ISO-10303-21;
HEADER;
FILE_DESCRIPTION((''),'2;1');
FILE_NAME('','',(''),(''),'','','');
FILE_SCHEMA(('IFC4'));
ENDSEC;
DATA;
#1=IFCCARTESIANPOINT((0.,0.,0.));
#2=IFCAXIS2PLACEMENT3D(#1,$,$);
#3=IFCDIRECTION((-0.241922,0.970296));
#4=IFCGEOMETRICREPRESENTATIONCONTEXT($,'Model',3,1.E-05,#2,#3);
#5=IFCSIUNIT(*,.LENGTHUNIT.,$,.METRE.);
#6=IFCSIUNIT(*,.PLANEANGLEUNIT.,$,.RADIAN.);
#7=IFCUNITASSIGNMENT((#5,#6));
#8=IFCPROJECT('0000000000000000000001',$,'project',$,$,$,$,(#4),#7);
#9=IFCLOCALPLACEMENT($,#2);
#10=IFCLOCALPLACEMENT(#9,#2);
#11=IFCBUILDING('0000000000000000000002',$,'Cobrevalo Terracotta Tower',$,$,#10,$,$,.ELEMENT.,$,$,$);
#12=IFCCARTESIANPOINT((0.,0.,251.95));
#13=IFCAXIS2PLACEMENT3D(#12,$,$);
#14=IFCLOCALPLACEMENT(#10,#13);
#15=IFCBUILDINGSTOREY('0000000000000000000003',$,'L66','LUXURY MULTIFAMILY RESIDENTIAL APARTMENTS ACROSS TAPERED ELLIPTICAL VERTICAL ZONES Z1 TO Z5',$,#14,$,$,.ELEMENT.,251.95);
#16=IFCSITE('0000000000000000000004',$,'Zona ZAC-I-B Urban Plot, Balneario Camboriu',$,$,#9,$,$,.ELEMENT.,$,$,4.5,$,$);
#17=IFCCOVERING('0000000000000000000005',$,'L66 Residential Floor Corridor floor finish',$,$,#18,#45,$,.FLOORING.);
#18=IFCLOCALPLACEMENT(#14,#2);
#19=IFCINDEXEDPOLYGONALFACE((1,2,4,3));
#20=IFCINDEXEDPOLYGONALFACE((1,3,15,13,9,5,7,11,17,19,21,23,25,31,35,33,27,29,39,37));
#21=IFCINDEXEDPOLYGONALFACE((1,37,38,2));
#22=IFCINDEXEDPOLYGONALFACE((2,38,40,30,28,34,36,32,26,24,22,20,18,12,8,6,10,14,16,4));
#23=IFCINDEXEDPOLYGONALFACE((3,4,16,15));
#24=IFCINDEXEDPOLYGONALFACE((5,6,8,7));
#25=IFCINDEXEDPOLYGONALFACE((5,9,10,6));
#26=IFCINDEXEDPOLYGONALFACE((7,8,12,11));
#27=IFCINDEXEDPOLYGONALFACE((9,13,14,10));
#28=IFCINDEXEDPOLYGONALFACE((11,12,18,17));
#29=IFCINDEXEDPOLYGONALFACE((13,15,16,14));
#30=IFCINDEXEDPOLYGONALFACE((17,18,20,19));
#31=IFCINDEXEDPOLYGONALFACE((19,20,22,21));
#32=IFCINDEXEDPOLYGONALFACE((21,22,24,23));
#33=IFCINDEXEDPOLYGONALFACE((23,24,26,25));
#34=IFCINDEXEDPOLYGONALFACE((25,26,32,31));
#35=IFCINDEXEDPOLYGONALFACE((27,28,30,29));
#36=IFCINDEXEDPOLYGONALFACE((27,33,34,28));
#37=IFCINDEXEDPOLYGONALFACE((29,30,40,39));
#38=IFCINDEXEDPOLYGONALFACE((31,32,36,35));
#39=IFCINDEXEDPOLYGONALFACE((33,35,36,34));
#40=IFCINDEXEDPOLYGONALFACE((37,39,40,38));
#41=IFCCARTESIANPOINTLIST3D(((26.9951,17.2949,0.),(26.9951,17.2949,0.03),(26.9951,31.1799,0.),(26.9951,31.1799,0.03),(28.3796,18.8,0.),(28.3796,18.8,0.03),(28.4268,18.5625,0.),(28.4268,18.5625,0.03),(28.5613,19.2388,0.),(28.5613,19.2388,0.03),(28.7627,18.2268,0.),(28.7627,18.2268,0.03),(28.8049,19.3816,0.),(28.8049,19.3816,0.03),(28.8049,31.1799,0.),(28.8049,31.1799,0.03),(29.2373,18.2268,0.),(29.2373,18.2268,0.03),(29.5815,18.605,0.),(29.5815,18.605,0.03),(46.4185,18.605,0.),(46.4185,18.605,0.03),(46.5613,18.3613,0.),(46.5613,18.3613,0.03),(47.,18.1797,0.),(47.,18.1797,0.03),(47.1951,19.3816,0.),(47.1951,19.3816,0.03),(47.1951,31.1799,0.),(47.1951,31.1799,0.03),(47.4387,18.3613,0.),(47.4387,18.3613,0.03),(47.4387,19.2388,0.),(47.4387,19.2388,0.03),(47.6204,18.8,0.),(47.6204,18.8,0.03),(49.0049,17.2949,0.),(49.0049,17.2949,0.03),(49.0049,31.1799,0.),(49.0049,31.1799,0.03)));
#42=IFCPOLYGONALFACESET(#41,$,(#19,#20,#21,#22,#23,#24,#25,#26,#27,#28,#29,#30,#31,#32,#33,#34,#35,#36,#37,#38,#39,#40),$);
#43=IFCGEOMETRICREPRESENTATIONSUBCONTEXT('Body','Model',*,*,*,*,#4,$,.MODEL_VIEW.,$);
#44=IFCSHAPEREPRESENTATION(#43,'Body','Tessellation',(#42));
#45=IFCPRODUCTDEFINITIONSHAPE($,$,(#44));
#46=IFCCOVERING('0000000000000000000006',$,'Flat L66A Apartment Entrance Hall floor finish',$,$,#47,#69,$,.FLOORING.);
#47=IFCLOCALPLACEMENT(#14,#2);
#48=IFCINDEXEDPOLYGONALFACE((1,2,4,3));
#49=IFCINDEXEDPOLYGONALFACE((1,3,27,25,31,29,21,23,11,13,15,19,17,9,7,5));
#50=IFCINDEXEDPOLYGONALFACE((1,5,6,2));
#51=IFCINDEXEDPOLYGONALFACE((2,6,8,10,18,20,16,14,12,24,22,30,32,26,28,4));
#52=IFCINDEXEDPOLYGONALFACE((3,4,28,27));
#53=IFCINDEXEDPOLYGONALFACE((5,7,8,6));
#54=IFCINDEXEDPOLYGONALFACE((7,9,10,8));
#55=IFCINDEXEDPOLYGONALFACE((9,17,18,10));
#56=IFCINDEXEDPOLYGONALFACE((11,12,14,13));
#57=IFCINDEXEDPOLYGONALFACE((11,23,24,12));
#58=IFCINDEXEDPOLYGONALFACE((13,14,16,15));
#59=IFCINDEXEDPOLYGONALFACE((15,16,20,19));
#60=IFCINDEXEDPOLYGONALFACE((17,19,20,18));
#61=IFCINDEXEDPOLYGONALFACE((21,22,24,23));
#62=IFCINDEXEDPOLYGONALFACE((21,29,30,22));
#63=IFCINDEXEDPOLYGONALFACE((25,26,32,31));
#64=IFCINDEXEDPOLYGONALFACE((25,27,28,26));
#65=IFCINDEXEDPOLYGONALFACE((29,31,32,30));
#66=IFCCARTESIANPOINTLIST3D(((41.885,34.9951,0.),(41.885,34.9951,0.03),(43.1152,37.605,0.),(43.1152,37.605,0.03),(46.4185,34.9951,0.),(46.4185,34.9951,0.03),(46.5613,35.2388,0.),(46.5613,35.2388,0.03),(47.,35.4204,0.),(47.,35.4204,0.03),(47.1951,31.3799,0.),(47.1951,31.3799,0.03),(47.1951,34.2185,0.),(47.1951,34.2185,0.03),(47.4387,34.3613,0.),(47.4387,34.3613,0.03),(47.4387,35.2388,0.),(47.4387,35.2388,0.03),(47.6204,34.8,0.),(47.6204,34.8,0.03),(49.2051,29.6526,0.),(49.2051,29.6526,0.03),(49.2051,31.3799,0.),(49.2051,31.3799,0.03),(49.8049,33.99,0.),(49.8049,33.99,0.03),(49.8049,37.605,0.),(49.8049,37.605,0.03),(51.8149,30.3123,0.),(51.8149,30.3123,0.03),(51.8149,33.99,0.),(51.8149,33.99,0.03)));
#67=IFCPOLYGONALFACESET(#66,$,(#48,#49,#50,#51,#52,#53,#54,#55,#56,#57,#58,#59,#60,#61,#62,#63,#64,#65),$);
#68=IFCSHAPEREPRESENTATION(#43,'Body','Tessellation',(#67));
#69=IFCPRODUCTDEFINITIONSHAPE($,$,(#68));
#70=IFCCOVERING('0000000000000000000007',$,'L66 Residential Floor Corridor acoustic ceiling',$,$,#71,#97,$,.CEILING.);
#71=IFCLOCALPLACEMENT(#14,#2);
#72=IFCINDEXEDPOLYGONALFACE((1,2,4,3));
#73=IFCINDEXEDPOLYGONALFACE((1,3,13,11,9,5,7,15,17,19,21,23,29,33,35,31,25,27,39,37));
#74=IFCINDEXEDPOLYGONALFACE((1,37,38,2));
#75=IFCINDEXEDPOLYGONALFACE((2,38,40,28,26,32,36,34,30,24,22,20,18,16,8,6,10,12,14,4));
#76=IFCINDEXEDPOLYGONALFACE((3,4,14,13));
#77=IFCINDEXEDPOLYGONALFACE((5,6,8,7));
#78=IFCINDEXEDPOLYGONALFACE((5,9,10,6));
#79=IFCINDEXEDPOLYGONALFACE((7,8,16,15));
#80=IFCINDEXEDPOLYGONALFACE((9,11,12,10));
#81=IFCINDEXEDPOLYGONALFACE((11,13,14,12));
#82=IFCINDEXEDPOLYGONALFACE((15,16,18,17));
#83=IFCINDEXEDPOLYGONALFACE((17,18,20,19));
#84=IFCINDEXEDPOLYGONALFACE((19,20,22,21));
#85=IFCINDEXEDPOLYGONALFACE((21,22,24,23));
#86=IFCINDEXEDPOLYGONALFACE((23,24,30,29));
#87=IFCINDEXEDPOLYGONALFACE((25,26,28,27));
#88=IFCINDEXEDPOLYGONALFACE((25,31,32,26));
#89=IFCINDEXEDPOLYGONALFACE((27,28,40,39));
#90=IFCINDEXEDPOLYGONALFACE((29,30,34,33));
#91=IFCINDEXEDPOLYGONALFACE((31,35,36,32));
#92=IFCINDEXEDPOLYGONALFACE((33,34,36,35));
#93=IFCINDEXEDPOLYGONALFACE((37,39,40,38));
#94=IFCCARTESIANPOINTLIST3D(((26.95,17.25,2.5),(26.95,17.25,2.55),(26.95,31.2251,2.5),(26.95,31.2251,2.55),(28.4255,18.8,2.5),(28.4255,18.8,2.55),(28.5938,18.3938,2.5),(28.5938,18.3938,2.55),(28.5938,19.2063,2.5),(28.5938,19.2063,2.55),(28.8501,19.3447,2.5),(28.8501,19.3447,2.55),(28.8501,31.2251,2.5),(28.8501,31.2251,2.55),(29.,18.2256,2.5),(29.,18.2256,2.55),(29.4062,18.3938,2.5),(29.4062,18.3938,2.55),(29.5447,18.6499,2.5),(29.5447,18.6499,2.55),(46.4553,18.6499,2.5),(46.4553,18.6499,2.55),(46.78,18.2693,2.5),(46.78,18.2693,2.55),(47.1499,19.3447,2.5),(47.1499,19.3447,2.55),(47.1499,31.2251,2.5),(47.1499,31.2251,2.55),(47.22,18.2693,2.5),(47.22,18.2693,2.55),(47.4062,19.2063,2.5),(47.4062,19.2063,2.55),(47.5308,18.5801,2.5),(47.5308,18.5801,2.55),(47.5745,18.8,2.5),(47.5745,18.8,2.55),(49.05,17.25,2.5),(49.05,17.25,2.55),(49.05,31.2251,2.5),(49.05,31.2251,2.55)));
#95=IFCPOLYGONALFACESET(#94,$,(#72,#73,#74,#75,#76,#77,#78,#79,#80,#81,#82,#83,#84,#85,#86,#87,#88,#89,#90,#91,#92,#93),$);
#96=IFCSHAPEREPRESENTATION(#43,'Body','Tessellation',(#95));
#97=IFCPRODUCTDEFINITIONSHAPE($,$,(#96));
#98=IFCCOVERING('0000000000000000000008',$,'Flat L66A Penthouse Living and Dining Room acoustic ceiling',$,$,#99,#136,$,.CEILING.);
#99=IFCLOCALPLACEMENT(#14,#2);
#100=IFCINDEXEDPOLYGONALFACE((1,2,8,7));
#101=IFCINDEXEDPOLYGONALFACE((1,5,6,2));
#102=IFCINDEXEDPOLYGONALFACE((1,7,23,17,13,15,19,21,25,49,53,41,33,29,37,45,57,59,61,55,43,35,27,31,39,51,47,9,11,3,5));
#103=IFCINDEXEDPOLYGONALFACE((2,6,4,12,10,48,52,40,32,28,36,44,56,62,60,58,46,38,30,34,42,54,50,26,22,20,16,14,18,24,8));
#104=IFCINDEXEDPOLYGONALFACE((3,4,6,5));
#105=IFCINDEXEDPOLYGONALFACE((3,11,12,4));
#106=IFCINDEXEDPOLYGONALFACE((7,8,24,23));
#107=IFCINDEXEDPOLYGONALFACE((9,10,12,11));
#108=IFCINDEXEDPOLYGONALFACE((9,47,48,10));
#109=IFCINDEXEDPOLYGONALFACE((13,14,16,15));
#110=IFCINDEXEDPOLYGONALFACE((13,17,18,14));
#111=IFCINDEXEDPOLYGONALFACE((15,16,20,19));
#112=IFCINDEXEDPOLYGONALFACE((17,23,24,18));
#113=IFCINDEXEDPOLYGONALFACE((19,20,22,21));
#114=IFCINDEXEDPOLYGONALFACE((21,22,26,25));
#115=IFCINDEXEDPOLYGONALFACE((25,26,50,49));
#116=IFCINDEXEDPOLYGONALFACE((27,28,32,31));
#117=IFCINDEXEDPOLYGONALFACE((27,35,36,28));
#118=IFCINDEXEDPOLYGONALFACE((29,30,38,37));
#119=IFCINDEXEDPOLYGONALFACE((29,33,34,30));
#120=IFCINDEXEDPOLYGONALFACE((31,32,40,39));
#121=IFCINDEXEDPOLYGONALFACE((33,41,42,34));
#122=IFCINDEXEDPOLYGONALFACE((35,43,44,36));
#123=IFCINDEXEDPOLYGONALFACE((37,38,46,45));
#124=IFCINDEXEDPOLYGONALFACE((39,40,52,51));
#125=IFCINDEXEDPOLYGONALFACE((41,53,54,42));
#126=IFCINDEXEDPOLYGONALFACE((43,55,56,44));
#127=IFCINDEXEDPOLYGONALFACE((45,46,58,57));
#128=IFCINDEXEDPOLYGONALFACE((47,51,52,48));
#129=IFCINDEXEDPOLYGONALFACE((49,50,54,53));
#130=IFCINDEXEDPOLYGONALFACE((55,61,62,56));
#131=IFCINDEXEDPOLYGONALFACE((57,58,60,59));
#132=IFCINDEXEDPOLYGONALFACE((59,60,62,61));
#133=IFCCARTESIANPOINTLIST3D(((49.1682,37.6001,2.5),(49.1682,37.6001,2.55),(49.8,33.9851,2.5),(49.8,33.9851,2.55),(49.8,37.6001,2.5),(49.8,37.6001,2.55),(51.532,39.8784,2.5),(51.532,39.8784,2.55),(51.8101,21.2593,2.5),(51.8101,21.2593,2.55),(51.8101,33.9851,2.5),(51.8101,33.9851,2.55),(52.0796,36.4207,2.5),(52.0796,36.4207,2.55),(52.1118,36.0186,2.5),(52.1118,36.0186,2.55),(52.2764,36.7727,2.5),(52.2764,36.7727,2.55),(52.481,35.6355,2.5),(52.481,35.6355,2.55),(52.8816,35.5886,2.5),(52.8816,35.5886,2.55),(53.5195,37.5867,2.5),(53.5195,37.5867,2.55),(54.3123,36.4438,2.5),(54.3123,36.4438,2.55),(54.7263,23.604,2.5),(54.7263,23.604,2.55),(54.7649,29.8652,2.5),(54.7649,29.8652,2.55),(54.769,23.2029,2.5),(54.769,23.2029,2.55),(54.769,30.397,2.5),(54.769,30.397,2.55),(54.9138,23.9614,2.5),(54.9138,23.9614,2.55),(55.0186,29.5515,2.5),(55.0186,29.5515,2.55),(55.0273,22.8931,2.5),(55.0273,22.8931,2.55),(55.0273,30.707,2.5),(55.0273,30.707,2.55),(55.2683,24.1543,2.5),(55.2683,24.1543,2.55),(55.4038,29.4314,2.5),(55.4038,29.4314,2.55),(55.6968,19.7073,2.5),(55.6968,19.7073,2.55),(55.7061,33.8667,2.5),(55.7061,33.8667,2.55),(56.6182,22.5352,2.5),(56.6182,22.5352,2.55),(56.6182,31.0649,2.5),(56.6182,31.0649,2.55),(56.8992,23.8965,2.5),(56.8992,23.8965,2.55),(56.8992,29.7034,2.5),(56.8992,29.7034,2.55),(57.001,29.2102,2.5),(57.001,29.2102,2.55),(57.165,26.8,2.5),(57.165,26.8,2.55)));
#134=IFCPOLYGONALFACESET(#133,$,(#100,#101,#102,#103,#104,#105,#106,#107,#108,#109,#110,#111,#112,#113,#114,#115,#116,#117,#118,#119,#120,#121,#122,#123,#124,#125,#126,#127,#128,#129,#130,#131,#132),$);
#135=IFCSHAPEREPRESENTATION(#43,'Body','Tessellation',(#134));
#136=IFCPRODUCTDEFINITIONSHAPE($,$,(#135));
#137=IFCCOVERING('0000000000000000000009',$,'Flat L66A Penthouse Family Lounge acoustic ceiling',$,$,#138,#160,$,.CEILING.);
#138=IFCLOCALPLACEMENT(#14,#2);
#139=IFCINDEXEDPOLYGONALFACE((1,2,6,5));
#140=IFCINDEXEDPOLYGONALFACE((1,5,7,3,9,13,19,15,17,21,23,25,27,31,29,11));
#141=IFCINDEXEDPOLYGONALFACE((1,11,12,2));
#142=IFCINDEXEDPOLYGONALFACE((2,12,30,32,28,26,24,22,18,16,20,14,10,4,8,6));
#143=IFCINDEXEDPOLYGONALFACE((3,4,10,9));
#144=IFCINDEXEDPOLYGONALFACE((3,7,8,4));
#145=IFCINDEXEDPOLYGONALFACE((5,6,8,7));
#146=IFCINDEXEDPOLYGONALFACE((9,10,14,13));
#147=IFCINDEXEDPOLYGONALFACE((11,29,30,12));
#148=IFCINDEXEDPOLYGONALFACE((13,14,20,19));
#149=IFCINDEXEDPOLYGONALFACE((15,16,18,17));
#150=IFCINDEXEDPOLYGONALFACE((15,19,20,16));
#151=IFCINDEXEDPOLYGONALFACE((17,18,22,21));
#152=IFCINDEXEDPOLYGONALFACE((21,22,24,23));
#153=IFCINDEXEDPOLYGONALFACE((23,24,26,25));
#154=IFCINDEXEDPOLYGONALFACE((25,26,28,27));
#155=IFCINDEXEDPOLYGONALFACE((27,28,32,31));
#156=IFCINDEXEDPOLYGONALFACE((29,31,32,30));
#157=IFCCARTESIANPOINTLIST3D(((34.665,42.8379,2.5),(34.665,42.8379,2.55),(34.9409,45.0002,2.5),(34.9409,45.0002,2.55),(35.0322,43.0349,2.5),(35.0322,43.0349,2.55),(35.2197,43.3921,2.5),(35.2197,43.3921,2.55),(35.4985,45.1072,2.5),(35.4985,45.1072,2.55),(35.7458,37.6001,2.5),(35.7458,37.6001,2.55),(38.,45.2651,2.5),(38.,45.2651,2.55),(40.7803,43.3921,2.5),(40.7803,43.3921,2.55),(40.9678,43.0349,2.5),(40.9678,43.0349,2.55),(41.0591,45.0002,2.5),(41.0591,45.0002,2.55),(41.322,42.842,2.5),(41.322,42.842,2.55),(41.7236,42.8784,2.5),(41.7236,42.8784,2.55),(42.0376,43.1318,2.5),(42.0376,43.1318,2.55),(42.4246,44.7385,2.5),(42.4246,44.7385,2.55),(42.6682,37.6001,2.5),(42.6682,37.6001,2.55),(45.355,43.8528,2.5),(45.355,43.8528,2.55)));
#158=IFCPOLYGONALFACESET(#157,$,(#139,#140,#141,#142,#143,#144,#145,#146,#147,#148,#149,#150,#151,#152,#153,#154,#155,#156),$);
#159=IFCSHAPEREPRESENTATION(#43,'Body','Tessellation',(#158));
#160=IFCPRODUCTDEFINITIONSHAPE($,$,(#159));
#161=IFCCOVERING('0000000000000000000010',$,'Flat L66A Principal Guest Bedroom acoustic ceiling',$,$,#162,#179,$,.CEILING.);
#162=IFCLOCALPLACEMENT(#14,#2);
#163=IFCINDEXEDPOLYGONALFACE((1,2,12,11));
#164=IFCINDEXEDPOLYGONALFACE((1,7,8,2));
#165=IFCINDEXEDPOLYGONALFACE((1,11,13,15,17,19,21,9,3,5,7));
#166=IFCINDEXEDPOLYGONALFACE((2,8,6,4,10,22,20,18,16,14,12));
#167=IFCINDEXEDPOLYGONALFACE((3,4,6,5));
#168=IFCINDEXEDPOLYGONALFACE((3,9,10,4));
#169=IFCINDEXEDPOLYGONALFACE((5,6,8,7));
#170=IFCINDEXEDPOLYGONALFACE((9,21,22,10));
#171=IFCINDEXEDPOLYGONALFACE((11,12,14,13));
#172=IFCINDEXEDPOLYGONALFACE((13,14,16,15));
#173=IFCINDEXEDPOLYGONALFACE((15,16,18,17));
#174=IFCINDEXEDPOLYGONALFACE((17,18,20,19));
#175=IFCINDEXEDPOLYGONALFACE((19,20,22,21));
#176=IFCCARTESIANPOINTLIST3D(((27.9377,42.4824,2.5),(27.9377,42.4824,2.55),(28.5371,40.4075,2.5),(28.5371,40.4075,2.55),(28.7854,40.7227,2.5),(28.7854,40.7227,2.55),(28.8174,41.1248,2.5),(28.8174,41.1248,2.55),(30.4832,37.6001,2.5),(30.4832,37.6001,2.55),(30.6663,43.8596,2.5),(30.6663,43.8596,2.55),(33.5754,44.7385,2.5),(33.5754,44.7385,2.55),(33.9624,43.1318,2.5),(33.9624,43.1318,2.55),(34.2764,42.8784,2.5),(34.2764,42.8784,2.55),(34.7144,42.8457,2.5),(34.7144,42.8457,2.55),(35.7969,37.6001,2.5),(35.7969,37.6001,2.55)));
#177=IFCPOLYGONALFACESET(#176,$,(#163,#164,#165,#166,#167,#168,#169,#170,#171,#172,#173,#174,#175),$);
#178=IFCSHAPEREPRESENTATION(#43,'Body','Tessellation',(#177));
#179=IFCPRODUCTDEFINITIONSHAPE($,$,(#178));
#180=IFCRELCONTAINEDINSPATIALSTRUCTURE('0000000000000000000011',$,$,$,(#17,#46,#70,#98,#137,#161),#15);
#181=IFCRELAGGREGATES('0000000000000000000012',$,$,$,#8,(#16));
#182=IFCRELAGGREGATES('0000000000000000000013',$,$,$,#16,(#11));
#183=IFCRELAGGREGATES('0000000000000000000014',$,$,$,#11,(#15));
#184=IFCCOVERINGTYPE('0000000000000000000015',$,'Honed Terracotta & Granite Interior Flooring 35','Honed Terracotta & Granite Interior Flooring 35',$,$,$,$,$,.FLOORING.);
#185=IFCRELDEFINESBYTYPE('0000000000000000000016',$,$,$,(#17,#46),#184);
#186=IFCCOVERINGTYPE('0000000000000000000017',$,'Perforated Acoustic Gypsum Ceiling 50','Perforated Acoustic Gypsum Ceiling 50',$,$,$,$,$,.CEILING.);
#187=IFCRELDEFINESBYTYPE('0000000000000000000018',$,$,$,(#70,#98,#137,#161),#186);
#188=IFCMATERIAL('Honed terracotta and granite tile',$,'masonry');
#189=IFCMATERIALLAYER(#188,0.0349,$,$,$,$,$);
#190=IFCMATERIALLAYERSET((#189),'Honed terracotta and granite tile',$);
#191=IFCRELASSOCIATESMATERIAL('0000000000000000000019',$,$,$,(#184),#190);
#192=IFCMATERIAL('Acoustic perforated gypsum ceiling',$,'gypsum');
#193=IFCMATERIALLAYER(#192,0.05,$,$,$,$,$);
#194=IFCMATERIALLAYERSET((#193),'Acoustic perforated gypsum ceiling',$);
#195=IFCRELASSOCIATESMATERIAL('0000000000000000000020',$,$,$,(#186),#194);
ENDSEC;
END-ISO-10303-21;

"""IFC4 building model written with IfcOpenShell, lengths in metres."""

from ifc_helpers import new_model, si_unit, direction, frame, origin, place, context, subcontext, project, spatial, polyline, outline, extrude, material, layer, layer_set, type_object, element, save


model = new_model("IFC4")

# Units and contexts
model_context = context("Model", 3, precision=1e-05, world=origin(), true_north=direction((-0.241922, 0.970296)))
body_context = subcontext(model_context, "Body", "Model", "MODEL_VIEW")
ifc_project = project(units=[si_unit("LENGTHUNIT", "METRE"), si_unit("PLANEANGLEUNIT", "RADIAN")], contexts=[model_context])

# Site, building, storey
site_placement = place(None, origin())
site = spatial("IfcSite", under=ifc_project, at=site_placement, Name="Zona ZAC-I-B Urban Plot, Balneario Camboriu", CompositionType="ELEMENT", RefElevation=4.5)
building_placement = place(site_placement, origin())
building = spatial("IfcBuilding", under=site, at=building_placement, Name="Cobrevalo Terracotta Tower", CompositionType="ELEMENT")
storey_placement = place(building_placement, frame((0.0, 0.0, 251.95)))
storey = spatial("IfcBuildingStorey", under=building, at=storey_placement, Name="L66", Description="LUXURY MULTIFAMILY RESIDENTIAL APARTMENTS ACROSS TAPERED ELLIPTICAL VERTICAL ZONES Z1 TO Z5", CompositionType="ELEMENT", Elevation=251.95)

# Coverings
ifc_material_1 = material(Name="Honed terracotta and granite tile", Category="masonry")
ifc_layer_1 = layer(ifc_material_1, 0.0349)
ifc_layer_set_1 = layer_set([ifc_layer_1], Name="Honed terracotta and granite tile")
covering_type_1 = type_object("IfcCoveringType", Name="Honed Terracotta & Granite Interior Flooring 35", Description="Honed Terracotta & Granite Interior Flooring 35", PredefinedType="FLOORING", material=ifc_layer_set_1)
covering_1_placement = place(storey_placement, origin())
element("IfcCovering", 1, at=covering_1_placement, inside=storey, type_object=covering_type_1, Name="L66 Residential Floor Corridor floor finish", PredefinedType="FLOORING", context=body_context, shape_type="SweptSolid", body=[
    extrude(outline(polyline([(26.9951, 31.1799), (28.8049, 31.1799), (28.8049, 19.3816), (28.5613, 19.2388), (28.3796, 18.8), (28.4268, 18.5625), (28.7627, 18.2268), (29.2373, 18.2268), (29.5815, 18.605), (46.4185, 18.605), (46.5613, 18.3613), (47.0, 18.1797), (47.4387, 18.3613), (47.6204, 18.8), (47.4387, 19.2388), (47.1951, 19.3816), (47.1951, 31.1799), (49.0049, 31.1799), (49.0049, 17.2949), (26.9951, 17.2949), (26.9951, 31.1799)])), origin(), (0.0, 0.0, 1.0), 0.03),
])
covering_2_placement = place(storey_placement, origin())
element("IfcCovering", 2, at=covering_2_placement, inside=storey, type_object=covering_type_1, Name="Flat L66A Apartment Entrance Hall floor finish", PredefinedType="FLOORING", context=body_context, shape_type="SweptSolid", body=[
    extrude(outline(polyline([(47.1951, 31.3799), (47.1951, 34.2185), (47.4387, 34.3613), (47.6204, 34.8), (47.4387, 35.2388), (47.0, 35.4204), (46.5613, 35.2388), (46.4185, 34.9951), (41.885, 34.9951), (43.1152, 37.605), (49.8049, 37.605), (49.8049, 33.99), (51.8149, 33.99), (51.8149, 30.3123), (49.2051, 29.6526), (49.2051, 31.3799), (47.1951, 31.3799)])), origin(), (0.0, 0.0, 1.0), 0.03),
])
ifc_material_2 = material(Name="Acoustic perforated gypsum ceiling", Category="gypsum")
ifc_layer_2 = layer(ifc_material_2, 0.05)
ifc_layer_set_2 = layer_set([ifc_layer_2], Name="Acoustic perforated gypsum ceiling")
covering_type_2 = type_object("IfcCoveringType", Name="Perforated Acoustic Gypsum Ceiling 50", Description="Perforated Acoustic Gypsum Ceiling 50", PredefinedType="CEILING", material=ifc_layer_set_2)
covering_3_placement = place(storey_placement, frame((0.0, 0.0, 2.5)))
element("IfcCovering", 3, at=covering_3_placement, inside=storey, type_object=covering_type_2, Name="L66 Residential Floor Corridor acoustic ceiling", PredefinedType="CEILING", context=body_context, shape_type="SweptSolid", body=[
    extrude(outline(polyline([(26.95, 31.2251), (28.8501, 31.2251), (28.8501, 19.3447), (28.5938, 19.2063), (28.4255, 18.8), (28.5938, 18.3938), (29.0, 18.2256), (29.4062, 18.3938), (29.5447, 18.6499), (46.4553, 18.6499), (46.78, 18.2693), (47.22, 18.2693), (47.5308, 18.5801), (47.5745, 18.8), (47.4062, 19.2063), (47.1499, 19.3447), (47.1499, 31.2251), (49.05, 31.2251), (49.05, 17.25), (26.95, 17.25), (26.95, 31.2251)])), origin(), (0.0, 0.0, 1.0), 0.05),
])
covering_4_placement = place(storey_placement, frame((0.0, 0.0, 2.5)))
element("IfcCovering", 4, at=covering_4_placement, inside=storey, type_object=covering_type_2, Name="Flat L66A Penthouse Living and Dining Room acoustic ceiling", PredefinedType="CEILING", context=body_context, shape_type="SweptSolid", body=[
    extrude(outline(polyline([(51.532, 39.8784), (53.5195, 37.5867), (52.2764, 36.7727), (52.0796, 36.4207), (52.1118, 36.0186), (52.481, 35.6355), (52.8816, 35.5886), (54.3123, 36.4438), (55.7061, 33.8667), (56.6182, 31.0649), (55.0273, 30.707), (54.769, 30.397), (54.7649, 29.8652), (55.0186, 29.5515), (55.4038, 29.4314), (56.8992, 29.7034), (57.001, 29.2102), (57.165, 26.8), (56.8992, 23.8965), (55.2683, 24.1543), (54.9138, 23.9614), (54.7263, 23.604), (54.769, 23.2029), (55.0273, 22.8931), (56.6182, 22.5352), (55.6968, 19.7073), (51.8101, 21.2593), (51.8101, 33.9851), (49.8, 33.9851), (49.8, 37.6001), (49.1682, 37.6001), (51.532, 39.8784)])), origin(), (0.0, 0.0, 1.0), 0.05),
])
covering_5_placement = place(storey_placement, frame((0.0, 0.0, 2.5)))
element("IfcCovering", 5, at=covering_5_placement, inside=storey, type_object=covering_type_2, Name="Flat L66A Penthouse Family Lounge acoustic ceiling", PredefinedType="CEILING", context=body_context, shape_type="SweptSolid", body=[
    extrude(outline(polyline([(34.665, 42.8379), (35.0322, 43.0349), (35.2197, 43.3921), (34.9409, 45.0002), (35.4985, 45.1072), (38.0, 45.2651), (41.0591, 45.0002), (40.7803, 43.3921), (40.9678, 43.0349), (41.322, 42.842), (41.7236, 42.8784), (42.0376, 43.1318), (42.4246, 44.7385), (45.355, 43.8528), (42.6682, 37.6001), (35.7458, 37.6001), (34.665, 42.8379)])), origin(), (0.0, 0.0, 1.0), 0.05),
])
covering_6_placement = place(storey_placement, frame((0.0, 0.0, 2.5)))
element("IfcCovering", 6, at=covering_6_placement, inside=storey, type_object=covering_type_2, Name="Flat L66A Principal Guest Bedroom acoustic ceiling", PredefinedType="CEILING", context=body_context, shape_type="SweptSolid", body=[
    extrude(outline(polyline([(28.5371, 40.4075), (28.7854, 40.7227), (28.8174, 41.1248), (27.9377, 42.4824), (30.6663, 43.8596), (33.5754, 44.7385), (33.9624, 43.1318), (34.2764, 42.8784), (34.7144, 42.8457), (35.7969, 37.6001), (30.4832, 37.6001), (28.5371, 40.4075)])), origin(), (0.0, 0.0, 1.0), 0.05),
])

save(model, "model.ifc")
